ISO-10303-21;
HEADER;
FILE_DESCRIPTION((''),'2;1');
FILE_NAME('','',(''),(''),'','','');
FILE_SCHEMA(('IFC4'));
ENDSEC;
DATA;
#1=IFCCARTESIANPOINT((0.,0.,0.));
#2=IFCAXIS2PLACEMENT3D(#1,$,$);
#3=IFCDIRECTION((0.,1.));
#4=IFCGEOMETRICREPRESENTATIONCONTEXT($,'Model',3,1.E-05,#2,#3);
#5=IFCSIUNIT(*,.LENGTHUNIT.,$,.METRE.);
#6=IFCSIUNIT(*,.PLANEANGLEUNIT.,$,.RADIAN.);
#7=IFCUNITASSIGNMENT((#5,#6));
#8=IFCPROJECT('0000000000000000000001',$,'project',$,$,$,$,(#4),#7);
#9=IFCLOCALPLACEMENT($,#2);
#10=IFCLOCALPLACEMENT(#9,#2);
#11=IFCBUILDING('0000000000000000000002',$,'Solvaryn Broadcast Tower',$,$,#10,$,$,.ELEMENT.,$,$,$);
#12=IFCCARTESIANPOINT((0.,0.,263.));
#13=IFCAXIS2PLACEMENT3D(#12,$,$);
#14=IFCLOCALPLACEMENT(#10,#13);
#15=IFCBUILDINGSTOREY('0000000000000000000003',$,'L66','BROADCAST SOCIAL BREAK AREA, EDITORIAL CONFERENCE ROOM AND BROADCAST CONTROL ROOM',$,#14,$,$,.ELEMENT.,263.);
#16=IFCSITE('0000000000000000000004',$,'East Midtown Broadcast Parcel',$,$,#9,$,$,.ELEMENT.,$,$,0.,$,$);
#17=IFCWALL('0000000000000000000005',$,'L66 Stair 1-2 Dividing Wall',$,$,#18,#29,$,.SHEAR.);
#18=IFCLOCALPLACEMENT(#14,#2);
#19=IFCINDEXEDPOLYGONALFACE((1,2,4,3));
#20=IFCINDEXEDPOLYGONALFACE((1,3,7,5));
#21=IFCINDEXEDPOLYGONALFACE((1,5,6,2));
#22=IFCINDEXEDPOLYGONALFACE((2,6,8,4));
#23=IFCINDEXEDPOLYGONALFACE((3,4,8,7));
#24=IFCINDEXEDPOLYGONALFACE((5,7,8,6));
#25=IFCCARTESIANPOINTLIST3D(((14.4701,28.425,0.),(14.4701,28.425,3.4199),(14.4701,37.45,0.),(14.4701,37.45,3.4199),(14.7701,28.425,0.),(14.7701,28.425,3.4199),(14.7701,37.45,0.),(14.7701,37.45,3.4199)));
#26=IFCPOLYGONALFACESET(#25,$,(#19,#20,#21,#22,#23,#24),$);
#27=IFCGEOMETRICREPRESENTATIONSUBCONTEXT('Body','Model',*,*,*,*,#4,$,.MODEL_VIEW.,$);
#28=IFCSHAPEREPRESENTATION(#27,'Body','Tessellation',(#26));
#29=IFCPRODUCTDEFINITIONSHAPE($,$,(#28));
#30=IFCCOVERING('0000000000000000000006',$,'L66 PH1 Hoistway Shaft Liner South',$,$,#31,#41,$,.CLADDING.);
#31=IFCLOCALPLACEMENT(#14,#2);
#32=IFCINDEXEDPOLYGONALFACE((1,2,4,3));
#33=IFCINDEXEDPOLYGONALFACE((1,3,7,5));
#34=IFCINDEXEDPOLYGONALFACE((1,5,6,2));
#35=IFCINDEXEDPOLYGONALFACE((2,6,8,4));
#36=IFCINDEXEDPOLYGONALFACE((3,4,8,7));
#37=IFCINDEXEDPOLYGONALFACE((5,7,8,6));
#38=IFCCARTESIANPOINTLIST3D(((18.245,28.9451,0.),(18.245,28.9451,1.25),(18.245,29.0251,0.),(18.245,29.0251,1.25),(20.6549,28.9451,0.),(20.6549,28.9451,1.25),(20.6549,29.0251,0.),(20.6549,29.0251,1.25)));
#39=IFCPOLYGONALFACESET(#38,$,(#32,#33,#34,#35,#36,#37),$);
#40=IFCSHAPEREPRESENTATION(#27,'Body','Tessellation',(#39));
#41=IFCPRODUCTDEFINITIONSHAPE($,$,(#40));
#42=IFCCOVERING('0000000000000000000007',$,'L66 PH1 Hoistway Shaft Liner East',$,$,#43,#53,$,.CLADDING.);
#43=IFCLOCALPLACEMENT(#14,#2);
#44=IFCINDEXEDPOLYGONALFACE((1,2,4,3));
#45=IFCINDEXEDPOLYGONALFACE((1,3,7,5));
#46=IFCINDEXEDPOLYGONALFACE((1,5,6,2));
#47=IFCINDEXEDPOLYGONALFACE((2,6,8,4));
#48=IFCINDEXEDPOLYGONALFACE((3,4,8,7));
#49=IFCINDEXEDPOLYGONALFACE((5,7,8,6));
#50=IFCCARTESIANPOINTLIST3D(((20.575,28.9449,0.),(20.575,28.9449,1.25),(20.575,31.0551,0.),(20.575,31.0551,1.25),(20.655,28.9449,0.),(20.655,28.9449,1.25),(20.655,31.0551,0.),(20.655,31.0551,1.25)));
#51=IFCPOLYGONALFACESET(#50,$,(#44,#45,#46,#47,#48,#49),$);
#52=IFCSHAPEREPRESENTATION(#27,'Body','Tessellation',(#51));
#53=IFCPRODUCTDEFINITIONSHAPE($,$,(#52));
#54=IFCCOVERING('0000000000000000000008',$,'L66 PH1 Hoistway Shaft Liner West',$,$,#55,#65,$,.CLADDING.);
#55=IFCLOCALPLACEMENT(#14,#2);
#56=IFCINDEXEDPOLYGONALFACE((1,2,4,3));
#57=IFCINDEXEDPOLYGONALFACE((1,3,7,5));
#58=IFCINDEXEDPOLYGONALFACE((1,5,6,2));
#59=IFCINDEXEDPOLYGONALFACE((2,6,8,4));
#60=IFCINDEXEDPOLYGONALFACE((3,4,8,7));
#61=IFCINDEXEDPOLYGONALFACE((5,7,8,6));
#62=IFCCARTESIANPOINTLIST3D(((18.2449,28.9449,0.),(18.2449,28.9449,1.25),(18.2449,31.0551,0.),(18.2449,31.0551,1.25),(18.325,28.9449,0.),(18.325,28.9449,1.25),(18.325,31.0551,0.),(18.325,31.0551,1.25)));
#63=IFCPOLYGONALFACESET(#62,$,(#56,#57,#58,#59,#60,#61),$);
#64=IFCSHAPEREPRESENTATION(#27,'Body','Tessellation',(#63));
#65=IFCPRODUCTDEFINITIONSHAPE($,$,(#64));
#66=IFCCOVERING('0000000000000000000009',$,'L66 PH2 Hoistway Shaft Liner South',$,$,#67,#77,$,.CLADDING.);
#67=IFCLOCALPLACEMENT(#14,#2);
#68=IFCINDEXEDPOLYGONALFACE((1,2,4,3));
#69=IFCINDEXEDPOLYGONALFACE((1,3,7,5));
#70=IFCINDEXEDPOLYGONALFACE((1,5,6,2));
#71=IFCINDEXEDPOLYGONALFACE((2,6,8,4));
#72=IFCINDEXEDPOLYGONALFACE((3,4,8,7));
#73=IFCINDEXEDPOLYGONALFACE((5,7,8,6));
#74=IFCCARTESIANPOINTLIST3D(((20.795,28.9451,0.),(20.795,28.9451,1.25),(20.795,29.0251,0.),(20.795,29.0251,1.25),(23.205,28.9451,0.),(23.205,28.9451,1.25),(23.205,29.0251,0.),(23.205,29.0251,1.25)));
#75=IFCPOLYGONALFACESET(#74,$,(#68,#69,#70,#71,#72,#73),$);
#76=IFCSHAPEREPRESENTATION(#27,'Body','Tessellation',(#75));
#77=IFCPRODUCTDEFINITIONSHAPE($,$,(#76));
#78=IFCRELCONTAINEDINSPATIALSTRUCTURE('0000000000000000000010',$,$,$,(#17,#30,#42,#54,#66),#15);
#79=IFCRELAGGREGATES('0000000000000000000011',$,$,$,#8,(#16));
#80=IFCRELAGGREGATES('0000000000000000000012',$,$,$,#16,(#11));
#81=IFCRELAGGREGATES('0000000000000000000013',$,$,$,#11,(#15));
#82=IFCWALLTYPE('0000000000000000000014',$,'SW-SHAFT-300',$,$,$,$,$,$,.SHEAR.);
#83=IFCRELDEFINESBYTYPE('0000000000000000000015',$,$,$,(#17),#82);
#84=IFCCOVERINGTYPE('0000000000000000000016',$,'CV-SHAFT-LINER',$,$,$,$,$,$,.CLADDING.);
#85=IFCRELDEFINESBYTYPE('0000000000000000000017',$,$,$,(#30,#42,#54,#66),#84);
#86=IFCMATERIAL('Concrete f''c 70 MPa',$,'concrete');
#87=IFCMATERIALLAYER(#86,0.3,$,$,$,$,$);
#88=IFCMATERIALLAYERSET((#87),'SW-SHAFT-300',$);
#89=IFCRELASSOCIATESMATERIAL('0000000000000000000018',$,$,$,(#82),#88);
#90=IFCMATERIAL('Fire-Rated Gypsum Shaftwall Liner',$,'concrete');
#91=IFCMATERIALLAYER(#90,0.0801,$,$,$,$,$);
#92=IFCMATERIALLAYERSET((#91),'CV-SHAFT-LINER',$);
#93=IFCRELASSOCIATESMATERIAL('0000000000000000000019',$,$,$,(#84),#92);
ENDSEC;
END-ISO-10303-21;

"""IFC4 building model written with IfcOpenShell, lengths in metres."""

from ifc_helpers import new_model, si_unit, direction, frame, frame_2d, origin, origin_2d, place, context, subcontext, project, spatial, rectangle, extrude, material, layer, layer_set, type_object, element, save


model = new_model("IFC4")

# Units and contexts
model_context = context("Model", 3, precision=1e-05, world=origin(), true_north=direction((0.0, 1.0)))
body_context = subcontext(model_context, "Body", "Model", "MODEL_VIEW")
ifc_project = project(units=[si_unit("LENGTHUNIT", "METRE"), si_unit("PLANEANGLEUNIT", "RADIAN")], contexts=[model_context])

# Site, building, storey
site_placement = place(None, origin())
site = spatial("IfcSite", under=ifc_project, at=site_placement, Name="East Midtown Broadcast Parcel", CompositionType="ELEMENT", RefElevation=0.0)
building_placement = place(site_placement, origin())
building = spatial("IfcBuilding", under=site, at=building_placement, Name="Solvaryn Broadcast Tower", CompositionType="ELEMENT")
storey_placement = place(building_placement, frame((0.0, 0.0, 263.0)))
storey = spatial("IfcBuildingStorey", under=building, at=storey_placement, Name="L66", Description="BROADCAST SOCIAL BREAK AREA, EDITORIAL CONFERENCE ROOM AND BROADCAST CONTROL ROOM", CompositionType="ELEMENT", Elevation=263.0)

# Wall
ifc_material_1 = material(Name="Concrete f'c 70 MPa", Category="concrete")
ifc_layer_1 = layer(ifc_material_1, 0.3)
ifc_layer_set_1 = layer_set([ifc_layer_1], Name="SW-SHAFT-300")
wall_type_1 = type_object("IfcWallType", Name="SW-SHAFT-300", PredefinedType="SHEAR", material=ifc_layer_set_1)
wall_1_placement = place(storey_placement, frame((14.6201, 28.425, 0.0), z_axis=(0.0, 0.0, 1.0), x_axis=(0.0, 1.0, 0.0)))
element("IfcWall", 1, at=wall_1_placement, inside=storey, type_object=wall_type_1, Name="L66 Stair 1-2 Dividing Wall", PredefinedType="SHEAR", context=body_context, shape_type="SweptSolid", body=[
    extrude(rectangle(XDim=9.0249, YDim=0.3, at=frame_2d((4.5125, 0.0))), origin(), (0.0, 0.0, 1.0), 3.4199),
])

# Coverings
ifc_material_2 = material(Name="Fire-Rated Gypsum Shaftwall Liner", Category="concrete")
ifc_layer_2 = layer(ifc_material_2, 0.0801)
ifc_layer_set_2 = layer_set([ifc_layer_2], Name="CV-SHAFT-LINER")
covering_type = type_object("IfcCoveringType", Name="CV-SHAFT-LINER", PredefinedType="CLADDING", material=ifc_layer_set_2)
covering_1_placement = place(storey_placement, frame((19.45, 28.9851, 0.0), z_axis=(0.0, 0.0, 1.0), x_axis=(1.0, 0.0, 0.0)))
element("IfcCovering", 2, at=covering_1_placement, inside=storey, type_object=covering_type, Name="L66 PH1 Hoistway Shaft Liner South", PredefinedType="CLADDING", context=body_context, shape_type="SweptSolid", body=[
    extrude(rectangle(XDim=2.4099, YDim=0.0801, at=origin_2d()), origin(), (0.0, 0.0, 1.0), 1.25),
])
for number, where, z_axis, x_axis, name in (
    (3, (20.615, 30.0, 0.0), (0.0, 0.0, 1.0), (1.0, 0.0, 0.0), "L66 PH1 Hoistway Shaft Liner East"),
    (4, (18.2849, 30.0, 0.0), (0.0, 0.0, 1.0), (1.0, 0.0, 0.0), "L66 PH1 Hoistway Shaft Liner West"),
):
    element("IfcCovering", number, at=place(storey_placement, frame(where, z_axis=z_axis, x_axis=x_axis)), inside=storey, type_object=covering_type, Name=name, PredefinedType="CLADDING", context=body_context, shape_type="SweptSolid", body=[
        extrude(rectangle(XDim=0.0801, YDim=2.1101, at=origin_2d()), origin(), (0.0, 0.0, 1.0), 1.25),
    ])
covering_2_placement = place(storey_placement, frame((22.0, 28.9851, 0.0), z_axis=(0.0, 0.0, 1.0), x_axis=(1.0, 0.0, 0.0)))
element("IfcCovering", 5, at=covering_2_placement, inside=storey, type_object=covering_type, Name="L66 PH2 Hoistway Shaft Liner South", PredefinedType="CLADDING", context=body_context, shape_type="SweptSolid", body=[
    extrude(rectangle(XDim=2.4099, YDim=0.0801, at=origin_2d()), origin(), (0.0, 0.0, 1.0), 1.25),
])

save(model, "model.ifc")
